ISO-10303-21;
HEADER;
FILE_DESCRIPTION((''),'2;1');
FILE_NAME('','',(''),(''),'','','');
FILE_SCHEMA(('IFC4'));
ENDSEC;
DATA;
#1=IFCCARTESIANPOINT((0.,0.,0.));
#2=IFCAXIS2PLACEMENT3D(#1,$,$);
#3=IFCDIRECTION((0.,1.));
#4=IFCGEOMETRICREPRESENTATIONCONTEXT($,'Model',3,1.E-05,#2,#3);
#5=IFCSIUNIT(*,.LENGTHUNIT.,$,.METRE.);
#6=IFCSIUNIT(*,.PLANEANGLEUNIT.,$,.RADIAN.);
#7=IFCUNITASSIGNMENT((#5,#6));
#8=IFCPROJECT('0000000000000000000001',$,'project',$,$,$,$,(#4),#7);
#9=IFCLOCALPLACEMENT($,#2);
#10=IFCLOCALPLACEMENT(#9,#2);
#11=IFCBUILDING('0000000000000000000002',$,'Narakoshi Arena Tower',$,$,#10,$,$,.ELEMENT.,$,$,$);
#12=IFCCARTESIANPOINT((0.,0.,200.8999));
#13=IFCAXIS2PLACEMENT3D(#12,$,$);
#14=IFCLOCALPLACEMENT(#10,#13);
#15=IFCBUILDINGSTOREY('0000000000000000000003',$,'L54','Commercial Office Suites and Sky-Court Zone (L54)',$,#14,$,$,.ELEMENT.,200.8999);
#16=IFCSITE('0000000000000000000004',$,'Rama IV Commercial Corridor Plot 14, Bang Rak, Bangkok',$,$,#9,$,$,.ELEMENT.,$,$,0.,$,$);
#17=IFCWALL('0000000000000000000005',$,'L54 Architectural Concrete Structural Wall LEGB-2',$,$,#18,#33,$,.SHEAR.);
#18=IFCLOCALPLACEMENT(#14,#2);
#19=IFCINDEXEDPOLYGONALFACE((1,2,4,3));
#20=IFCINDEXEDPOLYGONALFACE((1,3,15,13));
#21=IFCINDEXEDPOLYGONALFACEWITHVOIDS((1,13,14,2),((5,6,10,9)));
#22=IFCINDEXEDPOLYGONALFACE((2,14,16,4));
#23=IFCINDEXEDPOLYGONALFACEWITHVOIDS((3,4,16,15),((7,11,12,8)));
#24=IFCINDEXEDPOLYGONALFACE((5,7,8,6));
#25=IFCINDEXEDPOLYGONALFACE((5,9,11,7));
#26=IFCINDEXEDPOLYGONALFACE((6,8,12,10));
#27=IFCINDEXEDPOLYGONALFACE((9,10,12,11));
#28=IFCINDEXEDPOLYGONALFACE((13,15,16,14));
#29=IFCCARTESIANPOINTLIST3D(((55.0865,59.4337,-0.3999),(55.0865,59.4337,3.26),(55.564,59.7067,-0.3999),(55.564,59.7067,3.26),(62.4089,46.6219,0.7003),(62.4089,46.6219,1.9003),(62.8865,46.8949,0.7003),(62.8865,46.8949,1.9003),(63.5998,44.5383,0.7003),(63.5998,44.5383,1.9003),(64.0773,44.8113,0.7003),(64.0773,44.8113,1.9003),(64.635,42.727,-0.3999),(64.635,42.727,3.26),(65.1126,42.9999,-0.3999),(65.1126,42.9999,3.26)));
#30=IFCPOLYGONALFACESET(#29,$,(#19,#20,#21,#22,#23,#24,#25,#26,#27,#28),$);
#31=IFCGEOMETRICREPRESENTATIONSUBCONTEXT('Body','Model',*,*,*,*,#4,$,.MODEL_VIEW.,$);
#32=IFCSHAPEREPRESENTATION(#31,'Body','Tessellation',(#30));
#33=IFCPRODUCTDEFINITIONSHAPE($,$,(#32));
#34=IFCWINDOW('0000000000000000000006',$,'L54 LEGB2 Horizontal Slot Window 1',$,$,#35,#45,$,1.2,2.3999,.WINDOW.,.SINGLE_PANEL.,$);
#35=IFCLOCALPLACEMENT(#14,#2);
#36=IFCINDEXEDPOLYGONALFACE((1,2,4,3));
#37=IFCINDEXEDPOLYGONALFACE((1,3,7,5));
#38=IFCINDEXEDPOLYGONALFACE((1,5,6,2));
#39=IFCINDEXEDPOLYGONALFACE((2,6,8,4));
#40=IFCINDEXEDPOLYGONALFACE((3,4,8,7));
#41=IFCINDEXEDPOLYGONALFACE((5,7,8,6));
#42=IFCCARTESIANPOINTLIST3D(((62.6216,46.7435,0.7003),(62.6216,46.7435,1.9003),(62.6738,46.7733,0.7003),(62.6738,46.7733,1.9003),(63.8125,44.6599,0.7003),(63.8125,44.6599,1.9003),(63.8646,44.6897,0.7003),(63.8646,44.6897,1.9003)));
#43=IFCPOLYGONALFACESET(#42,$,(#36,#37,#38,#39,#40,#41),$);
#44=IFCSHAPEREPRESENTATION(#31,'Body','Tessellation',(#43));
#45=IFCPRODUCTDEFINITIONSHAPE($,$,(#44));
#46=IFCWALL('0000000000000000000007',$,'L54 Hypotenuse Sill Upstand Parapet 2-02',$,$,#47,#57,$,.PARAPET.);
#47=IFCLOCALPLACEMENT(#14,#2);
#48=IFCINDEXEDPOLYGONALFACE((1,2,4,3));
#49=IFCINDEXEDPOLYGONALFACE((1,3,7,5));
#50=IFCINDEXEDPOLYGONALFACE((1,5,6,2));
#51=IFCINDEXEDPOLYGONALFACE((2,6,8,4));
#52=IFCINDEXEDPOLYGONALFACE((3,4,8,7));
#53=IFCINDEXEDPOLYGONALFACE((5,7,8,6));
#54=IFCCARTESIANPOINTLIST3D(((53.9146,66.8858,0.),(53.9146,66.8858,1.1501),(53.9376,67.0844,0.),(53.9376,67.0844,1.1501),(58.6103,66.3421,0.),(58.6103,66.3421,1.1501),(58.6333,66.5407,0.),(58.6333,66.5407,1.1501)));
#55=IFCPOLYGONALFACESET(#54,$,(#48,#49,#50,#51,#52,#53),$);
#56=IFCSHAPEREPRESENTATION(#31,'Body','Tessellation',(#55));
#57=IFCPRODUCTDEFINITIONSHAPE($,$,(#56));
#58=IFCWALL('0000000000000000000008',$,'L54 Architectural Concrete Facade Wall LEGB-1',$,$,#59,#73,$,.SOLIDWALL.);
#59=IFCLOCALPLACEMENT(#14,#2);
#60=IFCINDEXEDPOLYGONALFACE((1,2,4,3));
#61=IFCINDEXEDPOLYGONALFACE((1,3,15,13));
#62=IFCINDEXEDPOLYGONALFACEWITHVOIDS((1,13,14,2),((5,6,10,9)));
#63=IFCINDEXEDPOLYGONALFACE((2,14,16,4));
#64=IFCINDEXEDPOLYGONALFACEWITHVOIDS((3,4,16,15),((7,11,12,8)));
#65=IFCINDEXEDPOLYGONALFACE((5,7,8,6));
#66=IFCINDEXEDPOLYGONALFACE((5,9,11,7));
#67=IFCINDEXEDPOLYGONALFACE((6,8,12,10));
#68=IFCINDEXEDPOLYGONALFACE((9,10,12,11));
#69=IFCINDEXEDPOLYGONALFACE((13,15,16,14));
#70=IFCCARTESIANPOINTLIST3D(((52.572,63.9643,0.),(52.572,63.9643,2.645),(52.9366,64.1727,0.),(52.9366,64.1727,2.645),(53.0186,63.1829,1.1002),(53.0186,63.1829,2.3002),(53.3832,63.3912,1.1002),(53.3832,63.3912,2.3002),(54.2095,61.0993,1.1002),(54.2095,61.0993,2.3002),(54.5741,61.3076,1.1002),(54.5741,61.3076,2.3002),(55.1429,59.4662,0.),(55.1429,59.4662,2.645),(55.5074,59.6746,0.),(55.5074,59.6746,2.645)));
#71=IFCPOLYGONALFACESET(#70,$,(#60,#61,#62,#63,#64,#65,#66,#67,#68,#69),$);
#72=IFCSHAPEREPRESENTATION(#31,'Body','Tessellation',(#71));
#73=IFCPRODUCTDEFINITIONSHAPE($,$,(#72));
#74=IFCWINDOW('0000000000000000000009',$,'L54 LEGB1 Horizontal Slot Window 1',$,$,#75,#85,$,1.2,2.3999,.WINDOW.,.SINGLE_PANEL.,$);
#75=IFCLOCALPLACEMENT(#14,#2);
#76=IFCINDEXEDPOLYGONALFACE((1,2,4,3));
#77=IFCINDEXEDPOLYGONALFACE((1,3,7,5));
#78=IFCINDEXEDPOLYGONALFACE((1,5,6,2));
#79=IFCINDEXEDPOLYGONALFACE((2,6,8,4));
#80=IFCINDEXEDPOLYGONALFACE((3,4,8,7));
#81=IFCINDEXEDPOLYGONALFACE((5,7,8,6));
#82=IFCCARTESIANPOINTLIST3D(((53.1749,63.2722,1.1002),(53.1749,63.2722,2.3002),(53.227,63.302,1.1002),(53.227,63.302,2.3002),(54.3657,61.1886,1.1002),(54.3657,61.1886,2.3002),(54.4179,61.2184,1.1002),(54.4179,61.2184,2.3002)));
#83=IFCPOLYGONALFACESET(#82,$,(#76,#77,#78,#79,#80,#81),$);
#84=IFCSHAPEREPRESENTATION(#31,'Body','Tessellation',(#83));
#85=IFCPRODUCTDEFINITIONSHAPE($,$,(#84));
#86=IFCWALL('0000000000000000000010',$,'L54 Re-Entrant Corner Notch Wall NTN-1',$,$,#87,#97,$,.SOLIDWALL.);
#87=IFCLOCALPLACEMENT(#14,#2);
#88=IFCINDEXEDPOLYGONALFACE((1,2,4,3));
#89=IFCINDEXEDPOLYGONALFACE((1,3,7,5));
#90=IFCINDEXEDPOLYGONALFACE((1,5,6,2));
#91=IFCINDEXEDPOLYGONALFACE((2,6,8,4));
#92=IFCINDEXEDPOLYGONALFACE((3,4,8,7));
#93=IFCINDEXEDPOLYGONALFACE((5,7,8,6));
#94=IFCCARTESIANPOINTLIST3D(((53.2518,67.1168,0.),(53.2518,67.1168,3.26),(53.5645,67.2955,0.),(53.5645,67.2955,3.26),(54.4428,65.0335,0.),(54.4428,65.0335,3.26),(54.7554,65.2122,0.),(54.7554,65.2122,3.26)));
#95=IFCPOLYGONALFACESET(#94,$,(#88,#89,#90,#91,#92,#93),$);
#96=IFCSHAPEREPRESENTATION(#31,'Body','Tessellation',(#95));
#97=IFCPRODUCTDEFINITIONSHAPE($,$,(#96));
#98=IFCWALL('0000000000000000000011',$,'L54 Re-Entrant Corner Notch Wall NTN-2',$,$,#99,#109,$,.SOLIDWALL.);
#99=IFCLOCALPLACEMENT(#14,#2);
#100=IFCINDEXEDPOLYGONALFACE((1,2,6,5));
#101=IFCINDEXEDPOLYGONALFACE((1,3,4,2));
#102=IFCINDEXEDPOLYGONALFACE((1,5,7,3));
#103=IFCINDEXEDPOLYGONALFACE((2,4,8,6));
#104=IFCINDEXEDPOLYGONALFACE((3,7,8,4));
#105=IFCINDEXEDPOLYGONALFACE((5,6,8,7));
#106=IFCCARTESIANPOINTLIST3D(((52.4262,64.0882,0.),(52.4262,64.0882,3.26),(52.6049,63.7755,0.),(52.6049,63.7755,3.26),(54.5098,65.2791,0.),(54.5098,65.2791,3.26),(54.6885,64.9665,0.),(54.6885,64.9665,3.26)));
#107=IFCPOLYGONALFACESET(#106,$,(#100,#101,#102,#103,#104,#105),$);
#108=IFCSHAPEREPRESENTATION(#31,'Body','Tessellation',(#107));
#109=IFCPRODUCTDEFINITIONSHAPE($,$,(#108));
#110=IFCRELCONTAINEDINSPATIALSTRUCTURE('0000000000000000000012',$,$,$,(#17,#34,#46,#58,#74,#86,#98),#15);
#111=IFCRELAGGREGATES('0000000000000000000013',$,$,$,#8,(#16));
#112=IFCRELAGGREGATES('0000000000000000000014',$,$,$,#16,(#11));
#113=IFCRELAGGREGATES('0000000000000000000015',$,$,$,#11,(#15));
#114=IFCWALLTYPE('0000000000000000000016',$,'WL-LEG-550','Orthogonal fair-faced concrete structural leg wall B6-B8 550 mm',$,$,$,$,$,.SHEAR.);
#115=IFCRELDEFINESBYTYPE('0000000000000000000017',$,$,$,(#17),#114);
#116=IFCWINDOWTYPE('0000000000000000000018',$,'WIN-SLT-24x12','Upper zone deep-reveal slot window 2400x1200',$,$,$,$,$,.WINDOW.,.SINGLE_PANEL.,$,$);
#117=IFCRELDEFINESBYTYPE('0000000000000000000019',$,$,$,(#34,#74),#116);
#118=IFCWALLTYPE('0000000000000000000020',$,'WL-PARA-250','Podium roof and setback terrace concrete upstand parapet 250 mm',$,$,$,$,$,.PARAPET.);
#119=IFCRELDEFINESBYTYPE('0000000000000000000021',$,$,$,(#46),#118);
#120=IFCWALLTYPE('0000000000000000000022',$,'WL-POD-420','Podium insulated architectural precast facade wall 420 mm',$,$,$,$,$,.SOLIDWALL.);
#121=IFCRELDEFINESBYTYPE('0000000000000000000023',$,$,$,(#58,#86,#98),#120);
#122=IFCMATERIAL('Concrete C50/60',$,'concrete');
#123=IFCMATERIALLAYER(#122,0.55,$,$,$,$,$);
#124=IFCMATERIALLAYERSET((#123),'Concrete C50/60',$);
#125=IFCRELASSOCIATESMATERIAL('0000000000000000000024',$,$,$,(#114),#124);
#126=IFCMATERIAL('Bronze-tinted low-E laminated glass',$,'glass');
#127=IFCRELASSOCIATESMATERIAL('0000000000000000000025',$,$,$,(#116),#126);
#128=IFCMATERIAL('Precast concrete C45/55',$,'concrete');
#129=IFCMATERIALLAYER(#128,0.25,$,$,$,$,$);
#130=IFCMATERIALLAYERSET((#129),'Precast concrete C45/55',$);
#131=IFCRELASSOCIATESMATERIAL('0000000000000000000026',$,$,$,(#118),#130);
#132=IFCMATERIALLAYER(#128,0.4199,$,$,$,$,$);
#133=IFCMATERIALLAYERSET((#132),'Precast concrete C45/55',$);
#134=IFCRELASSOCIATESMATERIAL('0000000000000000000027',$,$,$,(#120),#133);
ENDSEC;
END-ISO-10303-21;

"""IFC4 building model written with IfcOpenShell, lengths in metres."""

from ifc_helpers import new_model, si_unit, direction, frame, frame_2d, origin, place, context, subcontext, project, spatial, rectangle, extrude, material, layer, layer_set, type_object, element, fill, save


model = new_model("IFC4")

# Units and contexts
model_context = context("Model", 3, precision=1e-05, world=origin(), true_north=direction((0.0, 1.0)))
body_context = subcontext(model_context, "Body", "Model", "MODEL_VIEW")
ifc_project = project(units=[si_unit("LENGTHUNIT", "METRE"), si_unit("PLANEANGLEUNIT", "RADIAN")], contexts=[model_context])

# Site, building, storey
site_placement = place(None, origin())
site = spatial("IfcSite", under=ifc_project, at=site_placement, Name="Rama IV Commercial Corridor Plot 14, Bang Rak, Bangkok", CompositionType="ELEMENT", RefElevation=0.0)
building_placement = place(site_placement, origin())
building = spatial("IfcBuilding", under=site, at=building_placement, Name="Narakoshi Arena Tower", CompositionType="ELEMENT")
storey_placement = place(building_placement, frame((0.0, 0.0, 200.8999)))
storey = spatial("IfcBuildingStorey", under=building, at=storey_placement, Name="L54", Description="Commercial Office Suites and Sky-Court Zone (L54)", CompositionType="ELEMENT", Elevation=200.8999)

# Shared definitions
ifc_material_1 = material(Name="Concrete C50/60", Category="concrete")

# Shared definitions
ifc_material_2 = material(Name="Bronze-tinted low-E laminated glass", Category="glass")

# Wall, opening, window
ifc_layer_1 = layer(ifc_material_1, 0.55)
ifc_layer_set_1 = layer_set([ifc_layer_1], Name="Concrete C50/60")
wall_type_1 = type_object("IfcWallType", Name="WL-LEG-550", Description="Orthogonal fair-faced concrete structural leg wall B6-B8 550 mm", PredefinedType="SHEAR", material=ifc_layer_set_1)
wall_1_placement = place(storey_placement, frame((55.3252, 59.5703, -0.3999), z_axis=(0.0, 0.0, 1.0), x_axis=(0.496211, -0.868202, 0.0)))
wall_1 = element("IfcWall", 1, at=wall_1_placement, inside=storey, type_object=wall_type_1, Name="L54 Architectural Concrete Structural Wall LEGB-2", PredefinedType="SHEAR", context=body_context, shape_type="SweptSolid", body=[
    extrude(rectangle(XDim=19.2429, YDim=0.55, at=frame_2d((9.6216, 0.0))), origin(), (0.0, 0.0, 1.0), 3.6599),
])
opening_1_placement = place(wall_1_placement, frame((14.7568, 0.0, 1.1001)))
opening_1 = element("IfcOpeningElement", 2, at=opening_1_placement, cuts=wall_1, PredefinedType="OPENING", context=body_context, shape_type="SweptSolid", body=[
    extrude(rectangle(XDim=2.3999, YDim=1.2, at=frame_2d((1.2, 0.6001))), frame((0.0, 0.2849, 0.0), z_axis=(0.0, -1.0, 0.0), x_axis=(1.0, 0.0, 0.0)), (0.0, 0.0, 1.0), 0.5701),
])
window_type = type_object("IfcWindowType", Name="WIN-SLT-24x12", Description="Upper zone deep-reveal slot window 2400x1200", PartitioningType="SINGLE_PANEL", PredefinedType="WINDOW", material=ifc_material_2)
window_1_placement = place(opening_1_placement, origin())
window_1 = element("IfcWindow", 3, at=window_1_placement, inside=storey, type_object=window_type, Name="L54 LEGB2 Horizontal Slot Window 1", OverallHeight=1.2, OverallWidth=2.3999, PartitioningType="SINGLE_PANEL", PredefinedType="WINDOW", context=body_context, shape_type="SweptSolid", body=[
    extrude(rectangle(XDim=2.3999, YDim=1.2, at=frame_2d((1.2, 0.6001))), frame((0.0, 0.03, 0.0), z_axis=(0.0, -1.0, 0.0), x_axis=(1.0, 0.0, 0.0)), (0.0, 0.0, 1.0), 0.0601),
])
fill(opening_1, window_1)

# Wall
ifc_material_3 = material(Name="Precast concrete C45/55", Category="concrete")
ifc_layer_2 = layer(ifc_material_3, 0.25)
ifc_layer_set_2 = layer_set([ifc_layer_2], Name="Precast concrete C45/55")
wall_type_2 = type_object("IfcWallType", Name="WL-PARA-250", Description="Podium roof and setback terrace concrete upstand parapet 250 mm", PredefinedType="PARAPET", material=ifc_layer_set_2)
wall_2_placement = place(storey_placement, frame((58.6218, 66.4414, 0.0), z_axis=(0.0, 0.0, 1.0), x_axis=(-0.993363, 0.115022, 0.0)))
element("IfcWall", 4, at=wall_2_placement, inside=storey, type_object=wall_type_2, Name="L54 Hypotenuse Sill Upstand Parapet 2-02", PredefinedType="PARAPET", context=body_context, shape_type="SweptSolid", body=[
    extrude(rectangle(XDim=4.7271, YDim=0.2, at=frame_2d((2.3635, 0.0))), origin(), (0.0, 0.0, 1.0), 1.1501),
])

# Wall, opening, window
ifc_layer_3 = layer(ifc_material_3, 0.4199)
ifc_layer_set_3 = layer_set([ifc_layer_3], Name="Precast concrete C45/55")
wall_type_3 = type_object("IfcWallType", Name="WL-POD-420", Description="Podium insulated architectural precast facade wall 420 mm", PredefinedType="SOLIDWALL", material=ifc_layer_set_3)
wall_3_placement = place(storey_placement, frame((52.7544, 64.0684, 0.0), z_axis=(0.0, 0.0, 1.0), x_axis=(0.49621, -0.868203, 0.0)))
wall_3 = element("IfcWall", 5, at=wall_3_placement, inside=storey, type_object=wall_type_3, Name="L54 Architectural Concrete Facade Wall LEGB-1", PredefinedType="SOLIDWALL", context=body_context, shape_type="SweptSolid", body=[
    extrude(rectangle(XDim=5.1809, YDim=0.4199, at=frame_2d((2.5903, 0.0))), origin(), (0.0, 0.0, 1.0), 2.645),
])
opening_2_placement = place(wall_3_placement, frame((0.8999, 0.0, 1.1001)))
opening_2 = element("IfcOpeningElement", 6, at=opening_2_placement, cuts=wall_3, PredefinedType="OPENING", context=body_context, shape_type="SweptSolid", body=[
    extrude(rectangle(XDim=2.3999, YDim=1.2, at=frame_2d((1.2, 0.6001))), frame((0.0, 0.22, 0.0), z_axis=(0.0, -1.0, 0.0), x_axis=(1.0, 0.0, 0.0)), (0.0, 0.0, 1.0), 0.4399),
])
window_2_placement = place(opening_2_placement, origin())
window_2 = element("IfcWindow", 7, at=window_2_placement, inside=storey, type_object=window_type, Name="L54 LEGB1 Horizontal Slot Window 1", OverallHeight=1.2, OverallWidth=2.3999, PartitioningType="SINGLE_PANEL", PredefinedType="WINDOW", context=body_context, shape_type="SweptSolid", body=[
    extrude(rectangle(XDim=2.3999, YDim=1.2, at=frame_2d((1.2, 0.6001))), frame((0.0, 0.03, 0.0), z_axis=(0.0, -1.0, 0.0), x_axis=(1.0, 0.0, 0.0)), (0.0, 0.0, 1.0), 0.0601),
])
fill(opening_2, window_2)

# Walls
wall_4_placement = place(storey_placement, frame((53.4082, 67.2061, 0.0), z_axis=(0.0, 0.0, 1.0), x_axis=(0.496292, -0.868155, 0.0)))
element("IfcWall", 8, at=wall_4_placement, inside=storey, type_object=wall_type_3, Name="L54 Re-Entrant Corner Notch Wall NTN-1", PredefinedType="SOLIDWALL", context=body_context, shape_type="SweptSolid", body=[
    extrude(rectangle(XDim=2.3997, YDim=0.3601, at=frame_2d((1.1997, 0.0))), origin(), (0.0, 0.0, 1.0), 3.26),
])
wall_5_placement = place(storey_placement, frame((54.5991, 65.1228, 0.0), z_axis=(0.0, 0.0, 1.0), x_axis=(-0.868181, -0.496248, 0.0)))
element("IfcWall", 9, at=wall_5_placement, inside=storey, type_object=wall_type_3, Name="L54 Re-Entrant Corner Notch Wall NTN-2", PredefinedType="SOLIDWALL", context=body_context, shape_type="SweptSolid", body=[
    extrude(rectangle(XDim=2.3999, YDim=0.3601, at=frame_2d((1.2, 0.0))), origin(), (0.0, 0.0, 1.0), 3.26),
])

save(model, "model.ifc")
